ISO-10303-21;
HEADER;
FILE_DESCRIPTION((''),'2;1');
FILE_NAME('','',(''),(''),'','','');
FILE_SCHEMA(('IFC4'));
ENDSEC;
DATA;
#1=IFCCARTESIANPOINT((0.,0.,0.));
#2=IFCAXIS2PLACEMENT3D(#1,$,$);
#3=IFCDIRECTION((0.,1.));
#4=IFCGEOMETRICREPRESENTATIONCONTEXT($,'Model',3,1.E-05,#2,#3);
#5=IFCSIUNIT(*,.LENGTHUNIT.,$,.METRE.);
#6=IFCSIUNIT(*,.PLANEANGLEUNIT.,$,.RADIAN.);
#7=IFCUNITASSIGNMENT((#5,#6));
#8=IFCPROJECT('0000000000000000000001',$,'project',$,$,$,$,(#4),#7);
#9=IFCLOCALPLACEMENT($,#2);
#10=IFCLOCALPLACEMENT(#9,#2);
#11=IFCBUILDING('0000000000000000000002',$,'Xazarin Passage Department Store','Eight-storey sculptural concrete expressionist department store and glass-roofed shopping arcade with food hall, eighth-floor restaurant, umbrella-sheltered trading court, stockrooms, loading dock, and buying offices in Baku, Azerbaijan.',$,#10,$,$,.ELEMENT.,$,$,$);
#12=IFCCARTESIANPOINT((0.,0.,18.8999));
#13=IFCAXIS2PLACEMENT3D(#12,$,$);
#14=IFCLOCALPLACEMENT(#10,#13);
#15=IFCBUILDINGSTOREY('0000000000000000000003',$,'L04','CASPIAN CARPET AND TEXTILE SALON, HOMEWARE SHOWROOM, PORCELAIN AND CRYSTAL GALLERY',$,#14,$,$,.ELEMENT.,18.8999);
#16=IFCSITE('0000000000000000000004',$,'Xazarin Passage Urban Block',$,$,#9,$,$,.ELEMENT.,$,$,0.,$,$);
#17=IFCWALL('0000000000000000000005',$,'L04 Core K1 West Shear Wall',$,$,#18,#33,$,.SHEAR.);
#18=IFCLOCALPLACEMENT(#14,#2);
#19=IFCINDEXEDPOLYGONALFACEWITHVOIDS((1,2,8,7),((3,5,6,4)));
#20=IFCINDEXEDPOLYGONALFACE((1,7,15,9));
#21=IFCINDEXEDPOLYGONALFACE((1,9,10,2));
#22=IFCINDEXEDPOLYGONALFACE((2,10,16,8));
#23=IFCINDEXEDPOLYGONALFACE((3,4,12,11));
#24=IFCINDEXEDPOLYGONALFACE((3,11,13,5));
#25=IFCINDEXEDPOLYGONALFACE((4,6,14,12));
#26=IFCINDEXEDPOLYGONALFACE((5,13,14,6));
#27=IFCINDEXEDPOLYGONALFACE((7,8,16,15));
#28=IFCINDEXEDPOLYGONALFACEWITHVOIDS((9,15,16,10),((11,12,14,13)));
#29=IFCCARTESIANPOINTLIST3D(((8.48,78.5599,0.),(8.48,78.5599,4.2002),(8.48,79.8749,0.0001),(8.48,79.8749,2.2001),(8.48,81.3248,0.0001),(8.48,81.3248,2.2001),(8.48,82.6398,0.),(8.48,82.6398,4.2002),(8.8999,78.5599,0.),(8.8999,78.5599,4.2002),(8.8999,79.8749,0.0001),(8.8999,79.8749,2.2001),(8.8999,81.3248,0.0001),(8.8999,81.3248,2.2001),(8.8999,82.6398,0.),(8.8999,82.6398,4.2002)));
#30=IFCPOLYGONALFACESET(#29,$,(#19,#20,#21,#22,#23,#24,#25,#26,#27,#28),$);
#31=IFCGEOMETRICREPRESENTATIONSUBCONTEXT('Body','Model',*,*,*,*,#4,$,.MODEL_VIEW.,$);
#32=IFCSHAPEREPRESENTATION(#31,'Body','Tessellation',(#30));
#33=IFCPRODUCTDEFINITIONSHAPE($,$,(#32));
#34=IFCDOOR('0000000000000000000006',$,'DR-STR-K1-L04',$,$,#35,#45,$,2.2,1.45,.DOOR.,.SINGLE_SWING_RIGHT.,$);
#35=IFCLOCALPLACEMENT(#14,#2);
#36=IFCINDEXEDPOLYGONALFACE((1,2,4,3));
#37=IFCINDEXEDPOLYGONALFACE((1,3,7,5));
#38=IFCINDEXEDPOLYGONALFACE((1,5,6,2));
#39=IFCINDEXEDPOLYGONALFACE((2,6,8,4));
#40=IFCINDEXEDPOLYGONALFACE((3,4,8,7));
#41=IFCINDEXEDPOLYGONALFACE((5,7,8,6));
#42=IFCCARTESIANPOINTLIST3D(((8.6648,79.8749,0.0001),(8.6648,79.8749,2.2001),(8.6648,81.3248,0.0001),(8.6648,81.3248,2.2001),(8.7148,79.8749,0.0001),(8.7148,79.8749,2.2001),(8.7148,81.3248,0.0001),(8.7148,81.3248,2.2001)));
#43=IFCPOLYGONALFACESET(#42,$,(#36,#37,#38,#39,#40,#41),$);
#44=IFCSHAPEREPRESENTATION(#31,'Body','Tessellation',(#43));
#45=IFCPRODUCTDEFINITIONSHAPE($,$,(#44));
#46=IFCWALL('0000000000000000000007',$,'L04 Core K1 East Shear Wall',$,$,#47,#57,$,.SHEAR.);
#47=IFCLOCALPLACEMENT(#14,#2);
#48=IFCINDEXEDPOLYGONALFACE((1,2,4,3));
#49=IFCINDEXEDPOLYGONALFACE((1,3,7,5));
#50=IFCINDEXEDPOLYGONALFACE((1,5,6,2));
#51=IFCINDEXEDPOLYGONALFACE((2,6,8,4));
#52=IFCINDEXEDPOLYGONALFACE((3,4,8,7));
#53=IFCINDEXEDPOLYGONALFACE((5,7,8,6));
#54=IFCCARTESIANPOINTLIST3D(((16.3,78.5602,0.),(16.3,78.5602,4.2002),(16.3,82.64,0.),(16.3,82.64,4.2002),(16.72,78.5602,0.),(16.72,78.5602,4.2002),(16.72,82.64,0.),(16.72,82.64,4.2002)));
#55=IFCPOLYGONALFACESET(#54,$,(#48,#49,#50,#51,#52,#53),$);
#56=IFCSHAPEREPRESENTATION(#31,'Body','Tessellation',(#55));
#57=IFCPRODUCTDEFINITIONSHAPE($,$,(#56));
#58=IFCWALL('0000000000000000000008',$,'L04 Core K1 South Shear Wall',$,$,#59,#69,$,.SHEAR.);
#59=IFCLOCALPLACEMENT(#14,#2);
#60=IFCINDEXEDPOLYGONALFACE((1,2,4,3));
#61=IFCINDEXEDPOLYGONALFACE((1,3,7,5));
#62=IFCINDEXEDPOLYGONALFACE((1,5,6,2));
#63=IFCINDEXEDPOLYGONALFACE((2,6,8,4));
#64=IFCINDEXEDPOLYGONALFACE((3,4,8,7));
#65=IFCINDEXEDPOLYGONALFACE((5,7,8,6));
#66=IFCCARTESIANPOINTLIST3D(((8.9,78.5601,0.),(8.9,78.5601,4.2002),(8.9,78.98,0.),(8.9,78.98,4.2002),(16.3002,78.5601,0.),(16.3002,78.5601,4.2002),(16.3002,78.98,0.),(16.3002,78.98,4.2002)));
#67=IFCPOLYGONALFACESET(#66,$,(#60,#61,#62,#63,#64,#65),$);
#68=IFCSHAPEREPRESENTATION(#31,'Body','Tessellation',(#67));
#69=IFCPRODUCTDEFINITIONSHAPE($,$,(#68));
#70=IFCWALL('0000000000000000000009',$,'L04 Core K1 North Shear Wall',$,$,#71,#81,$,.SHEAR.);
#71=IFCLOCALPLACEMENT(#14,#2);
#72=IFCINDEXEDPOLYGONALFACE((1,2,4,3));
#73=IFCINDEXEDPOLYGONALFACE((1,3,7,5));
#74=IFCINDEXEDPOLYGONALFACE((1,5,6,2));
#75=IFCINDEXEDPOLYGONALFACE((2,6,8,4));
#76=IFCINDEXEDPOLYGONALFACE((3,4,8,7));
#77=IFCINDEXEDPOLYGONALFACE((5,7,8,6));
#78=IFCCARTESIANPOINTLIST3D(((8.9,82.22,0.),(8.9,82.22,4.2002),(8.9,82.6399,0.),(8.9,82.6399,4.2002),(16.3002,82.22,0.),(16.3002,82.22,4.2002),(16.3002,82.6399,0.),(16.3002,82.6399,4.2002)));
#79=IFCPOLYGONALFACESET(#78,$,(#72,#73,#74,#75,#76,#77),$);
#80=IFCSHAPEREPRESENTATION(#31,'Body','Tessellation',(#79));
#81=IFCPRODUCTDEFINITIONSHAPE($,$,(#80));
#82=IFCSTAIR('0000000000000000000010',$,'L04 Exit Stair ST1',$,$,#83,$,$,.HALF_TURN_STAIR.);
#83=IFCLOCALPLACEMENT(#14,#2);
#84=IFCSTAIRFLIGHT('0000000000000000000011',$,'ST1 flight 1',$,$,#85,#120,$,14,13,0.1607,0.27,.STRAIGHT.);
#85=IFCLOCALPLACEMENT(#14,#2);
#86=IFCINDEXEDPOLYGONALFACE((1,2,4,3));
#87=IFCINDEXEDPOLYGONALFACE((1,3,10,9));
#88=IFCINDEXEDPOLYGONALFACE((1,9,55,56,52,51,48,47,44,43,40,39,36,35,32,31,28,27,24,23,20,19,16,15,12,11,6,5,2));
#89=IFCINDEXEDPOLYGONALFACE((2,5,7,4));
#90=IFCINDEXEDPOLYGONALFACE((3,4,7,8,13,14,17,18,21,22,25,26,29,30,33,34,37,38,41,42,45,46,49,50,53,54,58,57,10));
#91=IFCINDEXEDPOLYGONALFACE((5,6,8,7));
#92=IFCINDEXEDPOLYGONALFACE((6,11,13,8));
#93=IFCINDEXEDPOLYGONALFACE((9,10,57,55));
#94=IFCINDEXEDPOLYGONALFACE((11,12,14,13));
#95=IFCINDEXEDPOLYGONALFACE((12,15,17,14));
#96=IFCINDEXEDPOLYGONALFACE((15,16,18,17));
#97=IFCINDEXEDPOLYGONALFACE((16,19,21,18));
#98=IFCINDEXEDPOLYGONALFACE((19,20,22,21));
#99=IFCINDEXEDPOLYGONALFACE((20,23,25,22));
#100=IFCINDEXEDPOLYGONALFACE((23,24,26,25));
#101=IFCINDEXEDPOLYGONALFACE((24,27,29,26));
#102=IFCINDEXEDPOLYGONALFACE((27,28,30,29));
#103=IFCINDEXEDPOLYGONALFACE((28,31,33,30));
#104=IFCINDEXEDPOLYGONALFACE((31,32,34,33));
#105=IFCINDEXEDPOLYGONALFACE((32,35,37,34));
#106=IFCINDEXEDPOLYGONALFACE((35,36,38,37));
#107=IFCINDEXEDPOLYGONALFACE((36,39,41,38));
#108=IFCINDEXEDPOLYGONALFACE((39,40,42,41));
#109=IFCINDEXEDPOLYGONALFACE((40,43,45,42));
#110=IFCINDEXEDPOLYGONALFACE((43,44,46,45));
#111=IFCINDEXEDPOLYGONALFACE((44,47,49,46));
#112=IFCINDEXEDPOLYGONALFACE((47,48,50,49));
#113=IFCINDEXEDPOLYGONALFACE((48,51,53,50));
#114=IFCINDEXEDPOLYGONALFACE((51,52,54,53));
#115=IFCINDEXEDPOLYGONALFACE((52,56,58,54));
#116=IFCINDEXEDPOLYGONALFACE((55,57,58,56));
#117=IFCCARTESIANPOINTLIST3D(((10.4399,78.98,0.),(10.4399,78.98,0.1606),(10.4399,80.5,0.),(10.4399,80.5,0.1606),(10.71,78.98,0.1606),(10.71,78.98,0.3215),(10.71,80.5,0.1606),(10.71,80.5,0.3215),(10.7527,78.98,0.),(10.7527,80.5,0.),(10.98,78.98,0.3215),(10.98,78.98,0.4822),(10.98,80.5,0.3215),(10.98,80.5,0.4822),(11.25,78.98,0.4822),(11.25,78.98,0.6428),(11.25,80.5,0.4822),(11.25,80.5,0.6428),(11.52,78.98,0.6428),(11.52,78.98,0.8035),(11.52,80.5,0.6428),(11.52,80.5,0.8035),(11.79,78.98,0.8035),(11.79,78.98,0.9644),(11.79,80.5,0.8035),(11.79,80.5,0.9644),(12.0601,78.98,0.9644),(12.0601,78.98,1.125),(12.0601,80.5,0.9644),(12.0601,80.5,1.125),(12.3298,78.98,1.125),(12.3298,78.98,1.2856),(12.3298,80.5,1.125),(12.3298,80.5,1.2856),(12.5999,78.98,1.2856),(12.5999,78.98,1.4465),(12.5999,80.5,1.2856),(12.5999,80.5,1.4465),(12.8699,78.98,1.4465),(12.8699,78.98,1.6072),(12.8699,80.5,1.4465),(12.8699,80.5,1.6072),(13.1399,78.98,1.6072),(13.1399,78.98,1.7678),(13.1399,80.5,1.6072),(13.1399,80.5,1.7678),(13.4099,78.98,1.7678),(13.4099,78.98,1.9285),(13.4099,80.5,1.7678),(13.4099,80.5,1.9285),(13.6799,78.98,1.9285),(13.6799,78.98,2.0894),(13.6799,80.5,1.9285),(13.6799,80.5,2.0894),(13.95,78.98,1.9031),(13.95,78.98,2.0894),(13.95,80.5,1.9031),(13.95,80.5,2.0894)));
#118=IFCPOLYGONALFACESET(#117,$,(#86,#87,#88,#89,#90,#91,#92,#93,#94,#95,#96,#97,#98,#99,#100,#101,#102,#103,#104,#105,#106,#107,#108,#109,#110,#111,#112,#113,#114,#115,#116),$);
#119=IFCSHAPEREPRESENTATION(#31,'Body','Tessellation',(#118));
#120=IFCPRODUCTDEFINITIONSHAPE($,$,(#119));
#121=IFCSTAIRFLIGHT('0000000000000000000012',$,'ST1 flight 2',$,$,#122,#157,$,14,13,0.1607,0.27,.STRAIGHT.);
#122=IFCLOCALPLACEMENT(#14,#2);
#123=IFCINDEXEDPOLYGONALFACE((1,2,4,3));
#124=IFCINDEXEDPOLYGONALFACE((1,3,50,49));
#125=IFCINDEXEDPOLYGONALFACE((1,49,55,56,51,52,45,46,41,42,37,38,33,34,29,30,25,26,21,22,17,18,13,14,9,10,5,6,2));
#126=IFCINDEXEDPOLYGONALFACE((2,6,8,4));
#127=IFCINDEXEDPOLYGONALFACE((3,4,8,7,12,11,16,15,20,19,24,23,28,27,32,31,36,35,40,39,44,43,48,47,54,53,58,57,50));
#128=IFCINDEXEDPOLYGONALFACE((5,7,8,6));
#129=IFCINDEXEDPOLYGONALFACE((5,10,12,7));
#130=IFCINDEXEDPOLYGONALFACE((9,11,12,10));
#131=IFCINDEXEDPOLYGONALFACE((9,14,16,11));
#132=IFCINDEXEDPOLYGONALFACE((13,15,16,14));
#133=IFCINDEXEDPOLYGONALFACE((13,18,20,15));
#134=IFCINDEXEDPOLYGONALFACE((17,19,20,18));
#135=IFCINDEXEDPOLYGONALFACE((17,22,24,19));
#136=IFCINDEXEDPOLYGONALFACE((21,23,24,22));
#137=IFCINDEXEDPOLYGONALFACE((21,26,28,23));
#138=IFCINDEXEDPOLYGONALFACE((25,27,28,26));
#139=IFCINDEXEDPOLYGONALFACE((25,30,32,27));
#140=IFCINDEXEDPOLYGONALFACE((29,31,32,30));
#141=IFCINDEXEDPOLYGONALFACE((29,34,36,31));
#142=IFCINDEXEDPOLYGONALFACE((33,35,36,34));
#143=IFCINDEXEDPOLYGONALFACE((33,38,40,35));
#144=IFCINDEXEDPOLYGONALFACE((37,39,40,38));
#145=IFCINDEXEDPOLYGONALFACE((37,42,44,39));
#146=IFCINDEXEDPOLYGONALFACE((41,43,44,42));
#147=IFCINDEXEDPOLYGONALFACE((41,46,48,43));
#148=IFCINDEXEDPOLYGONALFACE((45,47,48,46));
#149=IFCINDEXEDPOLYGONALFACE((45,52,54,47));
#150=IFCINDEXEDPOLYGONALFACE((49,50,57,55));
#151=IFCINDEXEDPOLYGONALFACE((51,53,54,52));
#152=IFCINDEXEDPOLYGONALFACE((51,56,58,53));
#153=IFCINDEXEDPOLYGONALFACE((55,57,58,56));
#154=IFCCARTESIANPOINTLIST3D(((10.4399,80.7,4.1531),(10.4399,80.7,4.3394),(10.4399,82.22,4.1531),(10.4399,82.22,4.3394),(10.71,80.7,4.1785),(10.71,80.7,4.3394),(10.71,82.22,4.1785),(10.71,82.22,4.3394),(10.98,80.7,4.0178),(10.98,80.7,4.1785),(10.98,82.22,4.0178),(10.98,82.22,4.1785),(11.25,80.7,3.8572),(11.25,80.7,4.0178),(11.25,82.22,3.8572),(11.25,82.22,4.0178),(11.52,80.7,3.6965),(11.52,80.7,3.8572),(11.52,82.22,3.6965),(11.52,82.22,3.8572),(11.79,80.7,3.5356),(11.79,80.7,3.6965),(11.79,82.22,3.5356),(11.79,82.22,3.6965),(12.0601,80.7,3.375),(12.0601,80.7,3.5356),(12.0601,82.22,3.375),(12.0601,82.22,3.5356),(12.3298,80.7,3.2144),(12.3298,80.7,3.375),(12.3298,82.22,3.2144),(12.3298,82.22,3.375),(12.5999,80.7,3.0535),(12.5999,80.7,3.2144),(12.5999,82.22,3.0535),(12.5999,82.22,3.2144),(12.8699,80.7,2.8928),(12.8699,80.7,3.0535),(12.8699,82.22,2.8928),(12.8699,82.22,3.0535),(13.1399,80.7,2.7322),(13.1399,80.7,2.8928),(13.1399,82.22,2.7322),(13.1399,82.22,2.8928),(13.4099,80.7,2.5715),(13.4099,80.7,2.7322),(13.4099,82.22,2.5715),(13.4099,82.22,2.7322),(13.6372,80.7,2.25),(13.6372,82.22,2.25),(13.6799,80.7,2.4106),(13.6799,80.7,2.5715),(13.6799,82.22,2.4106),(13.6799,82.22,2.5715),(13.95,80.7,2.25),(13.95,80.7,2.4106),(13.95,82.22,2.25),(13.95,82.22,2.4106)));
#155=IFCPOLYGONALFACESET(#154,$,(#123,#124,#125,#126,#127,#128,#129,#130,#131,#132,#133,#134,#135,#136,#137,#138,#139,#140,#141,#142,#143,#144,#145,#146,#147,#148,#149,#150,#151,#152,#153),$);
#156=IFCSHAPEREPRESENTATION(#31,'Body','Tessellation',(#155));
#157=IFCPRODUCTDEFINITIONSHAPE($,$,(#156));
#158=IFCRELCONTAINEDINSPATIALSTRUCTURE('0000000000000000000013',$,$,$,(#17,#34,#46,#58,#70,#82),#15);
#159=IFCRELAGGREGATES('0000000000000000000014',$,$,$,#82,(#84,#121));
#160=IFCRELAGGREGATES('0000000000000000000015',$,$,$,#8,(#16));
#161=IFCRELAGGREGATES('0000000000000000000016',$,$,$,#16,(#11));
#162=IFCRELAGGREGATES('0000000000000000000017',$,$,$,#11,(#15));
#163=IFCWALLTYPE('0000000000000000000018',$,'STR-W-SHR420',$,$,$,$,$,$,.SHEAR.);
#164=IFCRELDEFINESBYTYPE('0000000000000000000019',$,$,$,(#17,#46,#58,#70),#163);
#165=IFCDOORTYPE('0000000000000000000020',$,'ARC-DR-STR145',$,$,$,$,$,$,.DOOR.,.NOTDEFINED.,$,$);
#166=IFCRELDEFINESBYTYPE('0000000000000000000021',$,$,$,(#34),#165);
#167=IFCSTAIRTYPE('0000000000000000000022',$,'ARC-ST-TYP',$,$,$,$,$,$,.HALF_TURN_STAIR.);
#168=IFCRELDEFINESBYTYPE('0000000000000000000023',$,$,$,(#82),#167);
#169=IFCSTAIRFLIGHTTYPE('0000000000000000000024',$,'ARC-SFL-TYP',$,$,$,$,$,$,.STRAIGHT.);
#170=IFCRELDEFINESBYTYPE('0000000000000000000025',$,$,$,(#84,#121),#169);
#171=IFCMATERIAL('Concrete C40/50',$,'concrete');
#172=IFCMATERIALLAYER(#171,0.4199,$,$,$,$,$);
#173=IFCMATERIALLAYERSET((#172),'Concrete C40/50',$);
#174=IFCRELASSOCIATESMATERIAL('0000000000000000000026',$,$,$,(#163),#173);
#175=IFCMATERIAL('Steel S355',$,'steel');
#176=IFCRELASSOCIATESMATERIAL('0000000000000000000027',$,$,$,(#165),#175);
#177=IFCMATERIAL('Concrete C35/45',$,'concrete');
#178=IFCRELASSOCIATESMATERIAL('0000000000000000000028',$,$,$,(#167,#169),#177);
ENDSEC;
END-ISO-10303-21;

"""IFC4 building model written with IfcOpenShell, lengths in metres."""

from ifc_helpers import new_model, si_unit, direction, frame, frame_2d, origin, place, context, subcontext, project, spatial, polyline, rectangle, outline, extrude, material, layer, layer_set, type_object, element, fill, aggregate, save


model = new_model("IFC4")

# Units and contexts
model_context = context("Model", 3, precision=1e-05, world=origin(), true_north=direction((0.0, 1.0)))
body_context = subcontext(model_context, "Body", "Model", "MODEL_VIEW")
ifc_project = project(units=[si_unit("LENGTHUNIT", "METRE"), si_unit("PLANEANGLEUNIT", "RADIAN")], contexts=[model_context])

# Site, building, storey
site_placement = place(None, origin())
site = spatial("IfcSite", under=ifc_project, at=site_placement, Name="Xazarin Passage Urban Block", CompositionType="ELEMENT", RefElevation=0.0)
building_placement = place(site_placement, origin())
building = spatial("IfcBuilding", under=site, at=building_placement, Name="Xazarin Passage Department Store", Description="Eight-storey sculptural concrete expressionist department store and glass-roofed shopping arcade with food hall, eighth-floor restaurant, umbrella-sheltered trading court, stockrooms, loading dock, and buying offices in Baku, Azerbaijan.", CompositionType="ELEMENT")
storey_placement = place(building_placement, frame((0.0, 0.0, 18.8999)))
storey = spatial("IfcBuildingStorey", under=building, at=storey_placement, Name="L04", Description="CASPIAN CARPET AND TEXTILE SALON, HOMEWARE SHOWROOM, PORCELAIN AND CRYSTAL GALLERY", CompositionType="ELEMENT", Elevation=18.8999)

# Shared definitions
ifc_material_1 = material(Name="Concrete C40/50", Category="concrete")

# Shared definitions
ifc_material_2 = material(Name="Concrete C35/45", Category="concrete")

# Wall, opening, door
ifc_layer_1 = layer(ifc_material_1, 0.4199)
ifc_layer_set_1 = layer_set([ifc_layer_1], Name="Concrete C40/50")
wall_type_1 = type_object("IfcWallType", Name="STR-W-SHR420", PredefinedType="SHEAR", material=ifc_layer_set_1)
wall_1_placement = place(storey_placement, frame((8.6899, 82.6399, 0.0), z_axis=(0.0, 0.0, 1.0), x_axis=(0.0, -1.0, 0.0)))
wall_1 = element("IfcWall", 1, at=wall_1_placement, inside=storey, type_object=wall_type_1, Name="L04 Core K1 West Shear Wall", PredefinedType="SHEAR", context=body_context, shape_type="SweptSolid", body=[
    extrude(rectangle(XDim=4.0798, YDim=0.4199, at=frame_2d((2.04, 0.0))), origin(), (0.0, 0.0, 1.0), 4.2002),
])
opening_placement = place(wall_1_placement, frame((1.3149, 0.0, 0.0)))
opening = element("IfcOpeningElement", 2, at=opening_placement, cuts=wall_1, PredefinedType="OPENING", context=body_context, shape_type="SweptSolid", body=[
    extrude(rectangle(XDim=1.45, YDim=2.2, at=frame_2d((0.7251, 1.1001))), frame((0.0, 0.22, 0.0), z_axis=(0.0, -1.0, 0.0), x_axis=(1.0, 0.0, 0.0)), (0.0, 0.0, 1.0), 0.4399),
])
ifc_material_3 = material(Name="Steel S355", Category="steel")
door_type = type_object("IfcDoorType", Name="ARC-DR-STR145", OperationType="NOTDEFINED", PredefinedType="DOOR", material=ifc_material_3)
door_placement = place(opening_placement, origin())
door = element("IfcDoor", 3, at=door_placement, inside=storey, type_object=door_type, Name="DR-STR-K1-L04", OperationType="SINGLE_SWING_RIGHT", OverallHeight=2.2, OverallWidth=1.45, PredefinedType="DOOR", context=body_context, shape_type="SweptSolid", body=[
    extrude(rectangle(XDim=1.45, YDim=2.2, at=frame_2d((0.7251, 1.1001))), frame((0.0, 0.0249, 0.0), z_axis=(0.0, -1.0, 0.0), x_axis=(1.0, 0.0, 0.0)), (0.0, 0.0, 1.0), 0.05),
])
fill(opening, door)

# Walls
wall_2_placement = place(storey_placement, frame((16.51, 78.5601, 0.0), z_axis=(0.0, 0.0, 1.0), x_axis=(0.0, 1.0, 0.0)))
element("IfcWall", 4, at=wall_2_placement, inside=storey, type_object=wall_type_1, Name="L04 Core K1 East Shear Wall", PredefinedType="SHEAR", context=body_context, shape_type="SweptSolid", body=[
    extrude(rectangle(XDim=4.0798, YDim=0.4199, at=frame_2d((2.04, 0.0))), origin(), (0.0, 0.0, 1.0), 4.2002),
])
for number, where, z_axis, x_axis, name in (
    (5, (8.8999, 78.77, 0.0), (0.0, 0.0, 1.0), (1.0, 0.0, 0.0), "L04 Core K1 South Shear Wall"),
    (6, (8.8999, 82.4299, 0.0), (0.0, 0.0, 1.0), (1.0, 0.0, 0.0), "L04 Core K1 North Shear Wall"),
):
    element("IfcWall", number, at=place(storey_placement, frame(where, z_axis=z_axis, x_axis=x_axis)), inside=storey, type_object=wall_type_1, Name=name, PredefinedType="SHEAR", context=body_context, shape_type="SweptSolid", body=[
        extrude(rectangle(XDim=7.4001, YDim=0.4199, at=frame_2d((3.7002, 0.0))), origin(), (0.0, 0.0, 1.0), 4.2002),
    ])

# Stair, stair flights
stair_type = type_object("IfcStairType", Name="ARC-ST-TYP", PredefinedType="HALF_TURN_STAIR", material=ifc_material_2)
stair_placement = place(storey_placement, origin())
stair = element("IfcStair", 7, at=stair_placement, inside=storey, type_object=stair_type, Name="L04 Exit Stair ST1", PredefinedType="HALF_TURN_STAIR")
stair_flight_type = type_object("IfcStairFlightType", Name="ARC-SFL-TYP", PredefinedType="STRAIGHT", material=ifc_material_2)
stair_flight_1_placement = place(storey_placement, frame((10.4399, 79.74, 0.0), z_axis=(0.0, 0.0, 1.0), x_axis=(1.0, 0.0, 0.0)))
stair_flight_1 = element("IfcStairFlight", 8, at=stair_flight_1_placement, type_object=stair_flight_type, Name="ST1 flight 1", NumberOfRisers=14, NumberOfTreads=13, PredefinedType="STRAIGHT", RiserHeight=0.1607, TreadLength=0.27, context=body_context, shape_type="SweptSolid", body=[
    extrude(outline(polyline([(0.0, 0.0), (0.0, 0.1606), (0.27, 0.1606), (0.27, 0.3215), (0.54, 0.3215), (0.54, 0.4822), (0.8101, 0.4822), (0.8101, 0.6428), (1.0801, 0.6428), (1.0801, 0.8035), (1.3501, 0.8035), (1.3501, 0.9644), (1.6201, 0.9644), (1.6201, 1.125), (1.8899, 1.125), (1.8899, 1.2856), (2.1599, 1.2856), (2.1599, 1.4465), (2.4299, 1.4465), (2.4299, 1.6072), (2.7, 1.6072), (2.7, 1.7678), (2.97, 1.7678), (2.97, 1.9285), (3.24, 1.9285), (3.24, 2.0894), (3.51, 2.0894), (3.51, 2.25), (3.51, 1.9031), (0.3127, 0.0), (0.0, 0.0)])), frame((0.0, 0.76, 0.0), z_axis=(0.0, -1.0, 0.0), x_axis=(1.0, 0.0, 0.0)), (0.0, 0.0, 1.0), 1.52),
])
stair_flight_2_placement = place(storey_placement, frame((13.95, 81.46, 2.25), z_axis=(0.0, 0.0, 1.0), x_axis=(-1.0, 0.0, 0.0)))
stair_flight_2 = element("IfcStairFlight", 9, at=stair_flight_2_placement, type_object=stair_flight_type, Name="ST1 flight 2", NumberOfRisers=14, NumberOfTreads=13, PredefinedType="STRAIGHT", RiserHeight=0.1607, TreadLength=0.27, context=body_context, shape_type="SweptSolid", body=[
    extrude(outline(polyline([(0.0, 0.0), (0.0, 0.1606), (0.27, 0.1606), (0.27, 0.3215), (0.54, 0.3215), (0.54, 0.4822), (0.8101, 0.4822), (0.8101, 0.6428), (1.0801, 0.6428), (1.0801, 0.8035), (1.3501, 0.8035), (1.3501, 0.9644), (1.6201, 0.9644), (1.6201, 1.125), (1.8899, 1.125), (1.8899, 1.2856), (2.1599, 1.2856), (2.1599, 1.4465), (2.4299, 1.4465), (2.4299, 1.6072), (2.7, 1.6072), (2.7, 1.7678), (2.97, 1.7678), (2.97, 1.9285), (3.24, 1.9285), (3.24, 2.0894), (3.51, 2.0894), (3.51, 2.25), (3.51, 1.9031), (0.3127, 0.0), (0.0, 0.0)])), frame((0.0, 0.76, 0.0), z_axis=(0.0, -1.0, 0.0), x_axis=(1.0, 0.0, 0.0)), (0.0, 0.0, 1.0), 1.52),
])
aggregate(stair, [stair_flight_1, stair_flight_2])

save(model, "model.ifc")
